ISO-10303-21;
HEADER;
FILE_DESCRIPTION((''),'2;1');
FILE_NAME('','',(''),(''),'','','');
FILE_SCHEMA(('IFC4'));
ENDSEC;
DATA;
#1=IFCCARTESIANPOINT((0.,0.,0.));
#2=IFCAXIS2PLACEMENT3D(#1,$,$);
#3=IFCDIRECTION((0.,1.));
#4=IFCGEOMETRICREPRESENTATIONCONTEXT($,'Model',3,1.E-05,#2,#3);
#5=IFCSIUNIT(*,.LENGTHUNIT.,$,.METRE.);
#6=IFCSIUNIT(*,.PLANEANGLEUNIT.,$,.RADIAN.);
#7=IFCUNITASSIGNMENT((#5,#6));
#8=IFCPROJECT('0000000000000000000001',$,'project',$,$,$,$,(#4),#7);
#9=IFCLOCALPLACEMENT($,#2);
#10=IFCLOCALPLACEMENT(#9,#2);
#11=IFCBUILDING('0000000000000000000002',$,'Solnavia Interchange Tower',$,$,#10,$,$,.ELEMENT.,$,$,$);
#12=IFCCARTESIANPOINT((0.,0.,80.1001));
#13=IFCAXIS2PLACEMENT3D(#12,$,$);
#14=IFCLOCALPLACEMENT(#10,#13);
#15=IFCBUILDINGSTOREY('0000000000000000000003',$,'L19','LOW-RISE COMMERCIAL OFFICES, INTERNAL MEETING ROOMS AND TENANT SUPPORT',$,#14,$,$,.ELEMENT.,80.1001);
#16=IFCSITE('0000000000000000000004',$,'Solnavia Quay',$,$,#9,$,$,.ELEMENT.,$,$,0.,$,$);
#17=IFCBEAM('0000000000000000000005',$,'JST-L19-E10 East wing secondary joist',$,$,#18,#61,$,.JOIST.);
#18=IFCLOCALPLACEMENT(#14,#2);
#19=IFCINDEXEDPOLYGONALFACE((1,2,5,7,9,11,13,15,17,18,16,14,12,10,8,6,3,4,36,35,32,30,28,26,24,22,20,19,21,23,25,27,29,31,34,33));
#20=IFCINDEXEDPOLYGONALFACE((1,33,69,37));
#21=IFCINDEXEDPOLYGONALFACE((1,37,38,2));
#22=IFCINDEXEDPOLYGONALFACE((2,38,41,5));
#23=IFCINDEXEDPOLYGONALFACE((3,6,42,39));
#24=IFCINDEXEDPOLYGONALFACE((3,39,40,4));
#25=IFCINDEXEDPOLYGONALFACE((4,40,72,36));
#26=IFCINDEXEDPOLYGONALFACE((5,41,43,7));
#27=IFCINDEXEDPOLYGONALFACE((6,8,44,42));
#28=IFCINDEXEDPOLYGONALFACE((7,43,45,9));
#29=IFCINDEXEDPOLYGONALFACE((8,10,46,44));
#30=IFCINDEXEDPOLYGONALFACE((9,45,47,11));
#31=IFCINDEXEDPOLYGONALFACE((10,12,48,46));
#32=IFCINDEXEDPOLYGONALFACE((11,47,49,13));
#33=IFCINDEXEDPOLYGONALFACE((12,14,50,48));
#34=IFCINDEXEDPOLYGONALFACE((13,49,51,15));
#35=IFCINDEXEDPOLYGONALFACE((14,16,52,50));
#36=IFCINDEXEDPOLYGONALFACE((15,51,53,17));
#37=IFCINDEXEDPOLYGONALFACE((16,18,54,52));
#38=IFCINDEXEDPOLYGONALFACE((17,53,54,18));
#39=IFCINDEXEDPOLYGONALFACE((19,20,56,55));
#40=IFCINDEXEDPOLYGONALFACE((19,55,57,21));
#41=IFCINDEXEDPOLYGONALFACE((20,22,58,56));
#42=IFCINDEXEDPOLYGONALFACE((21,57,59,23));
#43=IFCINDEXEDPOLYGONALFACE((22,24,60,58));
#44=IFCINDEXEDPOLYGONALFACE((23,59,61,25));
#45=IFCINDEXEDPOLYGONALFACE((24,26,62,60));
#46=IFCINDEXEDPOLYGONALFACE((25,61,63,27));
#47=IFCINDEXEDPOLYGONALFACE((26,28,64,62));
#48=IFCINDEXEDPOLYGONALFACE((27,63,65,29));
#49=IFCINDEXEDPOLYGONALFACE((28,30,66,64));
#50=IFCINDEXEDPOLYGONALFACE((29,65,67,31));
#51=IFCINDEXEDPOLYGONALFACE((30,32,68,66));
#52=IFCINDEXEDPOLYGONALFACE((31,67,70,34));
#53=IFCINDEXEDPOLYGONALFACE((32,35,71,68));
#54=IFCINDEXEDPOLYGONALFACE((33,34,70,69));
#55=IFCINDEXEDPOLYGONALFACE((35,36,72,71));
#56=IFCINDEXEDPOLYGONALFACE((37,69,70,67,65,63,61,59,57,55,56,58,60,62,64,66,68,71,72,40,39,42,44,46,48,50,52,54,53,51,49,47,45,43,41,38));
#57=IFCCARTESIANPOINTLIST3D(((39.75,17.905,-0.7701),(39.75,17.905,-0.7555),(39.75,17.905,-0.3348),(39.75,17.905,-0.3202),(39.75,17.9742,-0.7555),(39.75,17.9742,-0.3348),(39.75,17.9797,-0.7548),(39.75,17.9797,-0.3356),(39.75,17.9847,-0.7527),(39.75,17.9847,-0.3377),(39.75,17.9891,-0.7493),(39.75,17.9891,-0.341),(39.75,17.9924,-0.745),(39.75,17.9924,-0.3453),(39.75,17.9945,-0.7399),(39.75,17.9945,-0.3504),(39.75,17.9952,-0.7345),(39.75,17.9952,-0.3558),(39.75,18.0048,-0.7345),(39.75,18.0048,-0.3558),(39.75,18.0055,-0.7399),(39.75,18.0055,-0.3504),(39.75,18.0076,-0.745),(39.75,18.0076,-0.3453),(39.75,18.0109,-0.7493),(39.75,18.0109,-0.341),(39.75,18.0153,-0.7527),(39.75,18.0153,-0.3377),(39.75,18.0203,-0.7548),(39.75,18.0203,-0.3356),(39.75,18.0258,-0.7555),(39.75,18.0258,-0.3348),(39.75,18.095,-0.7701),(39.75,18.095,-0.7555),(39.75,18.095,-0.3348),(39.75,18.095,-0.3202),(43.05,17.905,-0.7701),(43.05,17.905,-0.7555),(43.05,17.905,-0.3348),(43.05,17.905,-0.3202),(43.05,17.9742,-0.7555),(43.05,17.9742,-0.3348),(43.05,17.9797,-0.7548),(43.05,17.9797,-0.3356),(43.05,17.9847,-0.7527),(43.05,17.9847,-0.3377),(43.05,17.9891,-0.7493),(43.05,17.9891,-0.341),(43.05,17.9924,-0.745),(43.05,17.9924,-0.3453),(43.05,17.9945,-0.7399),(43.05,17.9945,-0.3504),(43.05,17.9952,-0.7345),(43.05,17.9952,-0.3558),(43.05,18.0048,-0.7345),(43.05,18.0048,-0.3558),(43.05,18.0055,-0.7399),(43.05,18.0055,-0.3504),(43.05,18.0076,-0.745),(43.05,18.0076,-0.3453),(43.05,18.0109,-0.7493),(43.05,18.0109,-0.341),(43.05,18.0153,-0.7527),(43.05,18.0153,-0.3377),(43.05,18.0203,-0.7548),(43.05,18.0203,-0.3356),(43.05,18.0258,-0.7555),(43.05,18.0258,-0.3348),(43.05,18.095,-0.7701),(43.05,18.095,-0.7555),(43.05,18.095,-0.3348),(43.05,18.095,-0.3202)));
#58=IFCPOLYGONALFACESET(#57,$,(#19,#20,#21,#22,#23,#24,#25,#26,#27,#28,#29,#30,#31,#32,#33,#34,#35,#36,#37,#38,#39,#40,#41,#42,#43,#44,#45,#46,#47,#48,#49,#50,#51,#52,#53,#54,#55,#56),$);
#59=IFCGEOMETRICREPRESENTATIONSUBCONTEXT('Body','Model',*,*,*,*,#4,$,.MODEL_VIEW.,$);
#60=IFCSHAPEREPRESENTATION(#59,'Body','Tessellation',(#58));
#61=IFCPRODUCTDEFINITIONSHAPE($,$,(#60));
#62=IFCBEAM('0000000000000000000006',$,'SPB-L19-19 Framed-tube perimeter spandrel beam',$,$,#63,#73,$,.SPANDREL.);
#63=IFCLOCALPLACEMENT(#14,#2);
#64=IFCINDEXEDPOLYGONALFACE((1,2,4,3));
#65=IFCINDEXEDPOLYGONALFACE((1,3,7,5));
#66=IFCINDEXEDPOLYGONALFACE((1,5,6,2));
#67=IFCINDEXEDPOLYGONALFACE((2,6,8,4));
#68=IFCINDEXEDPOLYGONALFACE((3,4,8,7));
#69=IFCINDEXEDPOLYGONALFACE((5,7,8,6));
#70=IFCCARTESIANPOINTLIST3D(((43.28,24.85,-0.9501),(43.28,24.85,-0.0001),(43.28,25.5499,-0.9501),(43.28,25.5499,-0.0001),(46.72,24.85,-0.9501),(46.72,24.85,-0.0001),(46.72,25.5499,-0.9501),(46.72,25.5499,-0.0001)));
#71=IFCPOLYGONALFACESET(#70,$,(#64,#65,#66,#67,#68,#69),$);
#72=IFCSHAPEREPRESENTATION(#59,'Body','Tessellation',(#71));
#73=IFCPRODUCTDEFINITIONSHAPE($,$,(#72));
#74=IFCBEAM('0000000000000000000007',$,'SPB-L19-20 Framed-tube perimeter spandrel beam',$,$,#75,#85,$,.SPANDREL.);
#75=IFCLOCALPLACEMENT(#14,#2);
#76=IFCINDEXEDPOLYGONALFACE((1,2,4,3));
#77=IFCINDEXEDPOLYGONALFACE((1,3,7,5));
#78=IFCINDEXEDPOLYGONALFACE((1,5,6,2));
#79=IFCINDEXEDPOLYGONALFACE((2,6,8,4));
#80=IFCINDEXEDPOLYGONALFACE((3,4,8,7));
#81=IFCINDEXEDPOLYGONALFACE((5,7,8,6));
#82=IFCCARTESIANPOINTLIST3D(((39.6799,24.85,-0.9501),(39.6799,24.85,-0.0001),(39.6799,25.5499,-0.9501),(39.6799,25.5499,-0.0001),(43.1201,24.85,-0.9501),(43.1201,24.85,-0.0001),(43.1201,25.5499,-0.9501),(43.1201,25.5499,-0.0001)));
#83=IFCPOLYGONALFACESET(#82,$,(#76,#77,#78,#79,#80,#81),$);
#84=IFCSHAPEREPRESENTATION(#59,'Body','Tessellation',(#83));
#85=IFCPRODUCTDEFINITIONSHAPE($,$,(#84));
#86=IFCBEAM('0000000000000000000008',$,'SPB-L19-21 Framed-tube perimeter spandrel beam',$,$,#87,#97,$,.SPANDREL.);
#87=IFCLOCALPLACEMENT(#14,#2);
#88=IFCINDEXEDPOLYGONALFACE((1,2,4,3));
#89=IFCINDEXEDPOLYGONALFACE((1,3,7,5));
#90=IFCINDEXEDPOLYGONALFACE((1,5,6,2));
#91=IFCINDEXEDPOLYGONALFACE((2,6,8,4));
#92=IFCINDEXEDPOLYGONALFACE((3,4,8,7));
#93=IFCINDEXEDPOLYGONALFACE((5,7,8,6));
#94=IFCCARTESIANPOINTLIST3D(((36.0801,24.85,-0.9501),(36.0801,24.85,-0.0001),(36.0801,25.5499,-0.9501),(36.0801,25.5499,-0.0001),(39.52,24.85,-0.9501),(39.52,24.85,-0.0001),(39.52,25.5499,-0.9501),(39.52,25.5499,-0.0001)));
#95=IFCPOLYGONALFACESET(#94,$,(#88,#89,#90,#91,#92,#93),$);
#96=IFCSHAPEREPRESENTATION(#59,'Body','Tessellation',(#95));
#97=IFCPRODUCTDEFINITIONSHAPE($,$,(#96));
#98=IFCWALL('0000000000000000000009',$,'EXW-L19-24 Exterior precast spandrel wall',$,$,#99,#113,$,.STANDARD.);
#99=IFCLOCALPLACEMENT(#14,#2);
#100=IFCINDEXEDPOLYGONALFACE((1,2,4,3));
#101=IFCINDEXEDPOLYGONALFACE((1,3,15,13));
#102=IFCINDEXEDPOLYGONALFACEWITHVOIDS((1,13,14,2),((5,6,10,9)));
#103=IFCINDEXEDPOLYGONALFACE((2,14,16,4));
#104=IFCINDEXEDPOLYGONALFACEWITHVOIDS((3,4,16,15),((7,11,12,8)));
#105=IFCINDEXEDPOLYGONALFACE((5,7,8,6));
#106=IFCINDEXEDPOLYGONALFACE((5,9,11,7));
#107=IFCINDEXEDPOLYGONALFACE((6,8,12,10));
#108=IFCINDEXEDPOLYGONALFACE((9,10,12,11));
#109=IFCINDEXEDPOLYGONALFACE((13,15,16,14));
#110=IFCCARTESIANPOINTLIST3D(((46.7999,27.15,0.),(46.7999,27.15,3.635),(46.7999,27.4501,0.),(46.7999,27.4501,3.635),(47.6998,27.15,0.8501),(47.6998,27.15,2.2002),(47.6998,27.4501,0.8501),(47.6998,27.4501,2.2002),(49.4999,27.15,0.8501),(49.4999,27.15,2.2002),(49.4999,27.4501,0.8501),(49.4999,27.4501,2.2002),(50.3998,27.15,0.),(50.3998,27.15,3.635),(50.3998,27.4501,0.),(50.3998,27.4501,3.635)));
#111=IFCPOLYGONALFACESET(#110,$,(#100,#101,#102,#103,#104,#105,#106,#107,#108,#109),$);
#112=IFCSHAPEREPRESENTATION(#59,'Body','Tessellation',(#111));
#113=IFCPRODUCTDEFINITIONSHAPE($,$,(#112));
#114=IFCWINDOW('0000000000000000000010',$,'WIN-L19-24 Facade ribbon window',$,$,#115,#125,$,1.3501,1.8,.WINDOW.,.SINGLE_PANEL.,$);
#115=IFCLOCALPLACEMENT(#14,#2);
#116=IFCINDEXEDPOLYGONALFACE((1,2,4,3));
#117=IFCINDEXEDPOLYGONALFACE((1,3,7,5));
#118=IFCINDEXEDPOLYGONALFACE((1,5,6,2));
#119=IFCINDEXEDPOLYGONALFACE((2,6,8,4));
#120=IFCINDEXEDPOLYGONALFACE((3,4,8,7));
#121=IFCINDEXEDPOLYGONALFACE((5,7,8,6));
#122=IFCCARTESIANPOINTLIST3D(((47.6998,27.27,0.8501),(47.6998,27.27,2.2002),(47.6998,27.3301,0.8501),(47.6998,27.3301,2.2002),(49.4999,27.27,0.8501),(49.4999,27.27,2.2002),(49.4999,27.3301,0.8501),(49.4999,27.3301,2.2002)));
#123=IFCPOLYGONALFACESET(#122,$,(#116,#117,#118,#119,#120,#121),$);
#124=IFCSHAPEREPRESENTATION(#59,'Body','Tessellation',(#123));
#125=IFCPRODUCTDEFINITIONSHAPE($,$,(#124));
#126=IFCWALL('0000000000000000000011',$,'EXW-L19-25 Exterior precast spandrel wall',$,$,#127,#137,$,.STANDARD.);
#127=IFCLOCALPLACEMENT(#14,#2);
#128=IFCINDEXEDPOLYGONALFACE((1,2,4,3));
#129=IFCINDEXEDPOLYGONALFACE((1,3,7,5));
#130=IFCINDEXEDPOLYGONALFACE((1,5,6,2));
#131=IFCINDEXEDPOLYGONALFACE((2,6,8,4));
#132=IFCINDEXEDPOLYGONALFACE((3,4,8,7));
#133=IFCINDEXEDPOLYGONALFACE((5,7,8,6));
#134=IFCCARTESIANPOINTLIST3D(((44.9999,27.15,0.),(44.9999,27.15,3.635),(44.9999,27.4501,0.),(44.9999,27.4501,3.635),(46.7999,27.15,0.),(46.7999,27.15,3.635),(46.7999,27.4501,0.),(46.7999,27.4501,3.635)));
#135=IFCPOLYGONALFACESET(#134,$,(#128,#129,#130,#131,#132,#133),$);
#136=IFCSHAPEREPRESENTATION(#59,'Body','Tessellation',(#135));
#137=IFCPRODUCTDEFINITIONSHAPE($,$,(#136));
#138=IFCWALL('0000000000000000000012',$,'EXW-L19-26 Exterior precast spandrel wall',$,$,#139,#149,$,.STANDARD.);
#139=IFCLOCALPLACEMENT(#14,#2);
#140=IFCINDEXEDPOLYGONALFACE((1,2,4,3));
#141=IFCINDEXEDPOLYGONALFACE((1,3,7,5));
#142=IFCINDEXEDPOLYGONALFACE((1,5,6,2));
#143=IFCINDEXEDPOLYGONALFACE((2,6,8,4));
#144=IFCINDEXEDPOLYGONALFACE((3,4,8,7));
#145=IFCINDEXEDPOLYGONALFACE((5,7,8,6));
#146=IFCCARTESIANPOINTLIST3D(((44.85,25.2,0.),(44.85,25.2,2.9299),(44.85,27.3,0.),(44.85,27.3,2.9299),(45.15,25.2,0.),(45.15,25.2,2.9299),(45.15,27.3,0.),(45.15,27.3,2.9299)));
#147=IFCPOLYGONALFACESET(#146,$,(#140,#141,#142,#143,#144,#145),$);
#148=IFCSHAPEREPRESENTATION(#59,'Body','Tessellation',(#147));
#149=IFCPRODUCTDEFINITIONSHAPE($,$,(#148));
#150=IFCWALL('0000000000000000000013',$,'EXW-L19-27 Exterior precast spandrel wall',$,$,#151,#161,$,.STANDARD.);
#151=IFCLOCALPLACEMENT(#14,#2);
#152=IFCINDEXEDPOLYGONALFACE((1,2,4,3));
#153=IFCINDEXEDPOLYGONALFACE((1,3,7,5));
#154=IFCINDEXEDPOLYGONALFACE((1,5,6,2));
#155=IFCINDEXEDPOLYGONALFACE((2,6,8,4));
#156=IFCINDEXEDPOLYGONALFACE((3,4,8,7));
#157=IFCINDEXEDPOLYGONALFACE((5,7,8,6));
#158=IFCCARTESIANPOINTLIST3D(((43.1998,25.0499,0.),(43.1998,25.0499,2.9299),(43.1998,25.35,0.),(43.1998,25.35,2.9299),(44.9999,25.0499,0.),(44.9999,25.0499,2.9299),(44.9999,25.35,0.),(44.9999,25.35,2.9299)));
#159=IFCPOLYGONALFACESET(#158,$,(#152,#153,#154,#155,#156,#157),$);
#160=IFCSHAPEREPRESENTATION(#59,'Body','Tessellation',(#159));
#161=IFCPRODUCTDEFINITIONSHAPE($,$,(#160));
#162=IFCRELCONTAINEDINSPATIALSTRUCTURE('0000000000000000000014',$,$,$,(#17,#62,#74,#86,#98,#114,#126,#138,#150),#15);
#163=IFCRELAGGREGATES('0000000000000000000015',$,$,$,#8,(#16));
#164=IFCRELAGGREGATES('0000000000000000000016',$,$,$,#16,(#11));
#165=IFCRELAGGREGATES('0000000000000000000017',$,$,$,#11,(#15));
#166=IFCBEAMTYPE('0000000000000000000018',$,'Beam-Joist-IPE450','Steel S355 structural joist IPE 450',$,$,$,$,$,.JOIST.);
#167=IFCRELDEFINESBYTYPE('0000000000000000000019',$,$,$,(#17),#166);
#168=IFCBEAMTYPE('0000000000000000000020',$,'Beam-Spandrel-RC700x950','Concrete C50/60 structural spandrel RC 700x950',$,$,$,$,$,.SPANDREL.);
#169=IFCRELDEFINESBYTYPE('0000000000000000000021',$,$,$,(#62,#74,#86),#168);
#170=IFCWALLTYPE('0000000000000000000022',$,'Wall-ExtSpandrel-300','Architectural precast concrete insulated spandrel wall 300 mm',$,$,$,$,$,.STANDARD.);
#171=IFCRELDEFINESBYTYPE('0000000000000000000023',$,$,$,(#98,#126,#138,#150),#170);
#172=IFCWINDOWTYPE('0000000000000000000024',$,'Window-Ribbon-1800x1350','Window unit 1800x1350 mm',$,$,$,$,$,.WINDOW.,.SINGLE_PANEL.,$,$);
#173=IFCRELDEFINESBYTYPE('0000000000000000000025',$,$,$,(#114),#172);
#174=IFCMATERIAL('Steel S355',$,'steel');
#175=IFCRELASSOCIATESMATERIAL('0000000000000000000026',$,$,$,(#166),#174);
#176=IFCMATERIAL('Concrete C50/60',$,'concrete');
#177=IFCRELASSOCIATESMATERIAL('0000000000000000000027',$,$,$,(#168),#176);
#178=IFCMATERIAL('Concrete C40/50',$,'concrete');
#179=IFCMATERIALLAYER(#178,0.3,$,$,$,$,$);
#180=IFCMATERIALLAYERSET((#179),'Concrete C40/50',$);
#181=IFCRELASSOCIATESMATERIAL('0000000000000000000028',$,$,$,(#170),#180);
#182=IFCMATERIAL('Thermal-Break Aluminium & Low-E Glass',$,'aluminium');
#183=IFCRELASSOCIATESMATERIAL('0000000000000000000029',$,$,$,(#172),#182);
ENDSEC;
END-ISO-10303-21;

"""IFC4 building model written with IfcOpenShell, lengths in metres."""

from ifc_helpers import new_model, si_unit, direction, frame, frame_2d, origin, origin_2d, place, context, subcontext, project, spatial, rectangle, i_section, extrude, material, layer, layer_set, material_profile, profile_set, type_object, element, fill, save


model = new_model("IFC4")

# Units and contexts
model_context = context("Model", 3, precision=1e-05, world=origin(), true_north=direction((0.0, 1.0)))
body_context = subcontext(model_context, "Body", "Model", "MODEL_VIEW")
ifc_project = project(units=[si_unit("LENGTHUNIT", "METRE"), si_unit("PLANEANGLEUNIT", "RADIAN")], contexts=[model_context])

# Site, building, storey
site_placement = place(None, origin())
site = spatial("IfcSite", under=ifc_project, at=site_placement, Name="Solnavia Quay", CompositionType="ELEMENT", RefElevation=0.0)
building_placement = place(site_placement, origin())
building = spatial("IfcBuilding", under=site, at=building_placement, Name="Solnavia Interchange Tower", CompositionType="ELEMENT")
storey_placement = place(building_placement, frame((0.0, 0.0, 80.1001)))
storey = spatial("IfcBuildingStorey", under=building, at=storey_placement, Name="L19", Description="LOW-RISE COMMERCIAL OFFICES, INTERNAL MEETING ROOMS AND TENANT SUPPORT", CompositionType="ELEMENT", Elevation=80.1001)

# Shared definitions
ifc_material_1 = material(Name="Concrete C50/60", Category="concrete")

# Beams
ifc_material_2 = material(Name="Steel S355", Category="steel")
ifc_material_profile_1 = material_profile(ifc_material_2, i_section(OverallWidth=0.1899, OverallDepth=0.45, WebThickness=0.0095, FlangeThickness=0.0146, FilletRadius=0.021, at=origin_2d()), Name="IPE 450")
ifc_profile_set_1 = profile_set([ifc_material_profile_1], Name="Steel S355")
beam_type_1 = type_object("IfcBeamType", Name="Beam-Joist-IPE450", Description="Steel S355 structural joist IPE 450", PredefinedType="JOIST", material=ifc_profile_set_1)
beam_1_placement = place(storey_placement, frame((39.75, 18.0, -0.5452), z_axis=(1.0, 0.0, 0.0), x_axis=(0.0, 1.0, 0.0)))
element("IfcBeam", 1, at=beam_1_placement, inside=storey, type_object=beam_type_1, Name="JST-L19-E10 East wing secondary joist", PredefinedType="JOIST", context=body_context, shape_type="SweptSolid", body=[
    extrude(i_section(OverallWidth=0.1899, OverallDepth=0.45, WebThickness=0.0095, FlangeThickness=0.0146, FilletRadius=0.021, at=origin_2d()), origin(), (0.0, 0.0, 1.0), 3.3),
])
ifc_material_profile_2 = material_profile(ifc_material_1, rectangle(XDim=0.7, YDim=0.95, at=origin_2d()), Name="RC 700x950")
ifc_profile_set_2 = profile_set([ifc_material_profile_2], Name="Concrete C50/60")
beam_type_2 = type_object("IfcBeamType", Name="Beam-Spandrel-RC700x950", Description="Concrete C50/60 structural spandrel RC 700x950", PredefinedType="SPANDREL", material=ifc_profile_set_2)
beam_2_placement = place(storey_placement, frame((46.72, 25.2, -0.4751), z_axis=(-1.0, 0.0, 0.0), x_axis=(0.0, -1.0, 0.0)))
element("IfcBeam", 2, at=beam_2_placement, inside=storey, type_object=beam_type_2, Name="SPB-L19-19 Framed-tube perimeter spandrel beam", PredefinedType="SPANDREL", context=body_context, shape_type="SweptSolid", body=[
    extrude(rectangle(XDim=0.7, YDim=0.95, at=origin_2d()), origin(), (0.0, 0.0, 1.0), 3.4399),
])
beam_3_placement = place(storey_placement, frame((43.1201, 25.2, -0.4751), z_axis=(-1.0, 0.0, 0.0), x_axis=(0.0, -1.0, 0.0)))
element("IfcBeam", 3, at=beam_3_placement, inside=storey, type_object=beam_type_2, Name="SPB-L19-20 Framed-tube perimeter spandrel beam", PredefinedType="SPANDREL", context=body_context, shape_type="SweptSolid", body=[
    extrude(rectangle(XDim=0.7, YDim=0.95, at=origin_2d()), origin(), (0.0, 0.0, 1.0), 3.4402),
])
beam_4_placement = place(storey_placement, frame((39.52, 25.2, -0.4751), z_axis=(-1.0, 0.0, 0.0), x_axis=(0.0, -1.0, 0.0)))
element("IfcBeam", 4, at=beam_4_placement, inside=storey, type_object=beam_type_2, Name="SPB-L19-21 Framed-tube perimeter spandrel beam", PredefinedType="SPANDREL", context=body_context, shape_type="SweptSolid", body=[
    extrude(rectangle(XDim=0.7, YDim=0.95, at=origin_2d()), origin(), (0.0, 0.0, 1.0), 3.4399),
])

# Wall, opening, window
ifc_material_3 = material(Name="Concrete C40/50", Category="concrete")
ifc_layer_1 = layer(ifc_material_3, 0.3)
ifc_layer_set_1 = layer_set([ifc_layer_1], Name="Concrete C40/50")
wall_type_1 = type_object("IfcWallType", Name="Wall-ExtSpandrel-300", Description="Architectural precast concrete insulated spandrel wall 300 mm", PredefinedType="STANDARD", material=ifc_layer_set_1)
wall_1_placement = place(storey_placement, frame((46.8, 27.3, 0.0), z_axis=(0.0, 0.0, 1.0), x_axis=(1.0, 0.0, 0.0)))
wall_1 = element("IfcWall", 5, at=wall_1_placement, inside=storey, type_object=wall_type_1, Name="EXW-L19-24 Exterior precast spandrel wall", PredefinedType="STANDARD", context=body_context, shape_type="SweptSolid", body=[
    extrude(rectangle(XDim=3.5999, YDim=0.3, at=frame_2d((1.7998, 0.0))), origin(), (0.0, 0.0, 1.0), 3.635),
])
opening_1_placement = place(wall_1_placement, frame((0.8999, 0.0, 0.8501)))
opening_1 = element("IfcOpeningElement", 6, at=opening_1_placement, cuts=wall_1, PredefinedType="OPENING", context=body_context, shape_type="SweptSolid", body=[
    extrude(rectangle(XDim=1.8, YDim=1.3501, at=frame_2d((0.8999, 0.675))), frame((0.0, 0.1602, 0.0), z_axis=(0.0, -1.0, 0.0), x_axis=(1.0, 0.0, 0.0)), (0.0, 0.0, 1.0), 0.3201),
])
ifc_material_4 = material(Name="Thermal-Break Aluminium & Low-E Glass", Category="aluminium")
window_type = type_object("IfcWindowType", Name="Window-Ribbon-1800x1350", Description="Window unit 1800x1350 mm", PartitioningType="SINGLE_PANEL", PredefinedType="WINDOW", material=ifc_material_4)
window_1_placement = place(opening_1_placement, origin())
window_1 = element("IfcWindow", 7, at=window_1_placement, inside=storey, type_object=window_type, Name="WIN-L19-24 Facade ribbon window", OverallHeight=1.3501, OverallWidth=1.8, PartitioningType="SINGLE_PANEL", PredefinedType="WINDOW", context=body_context, shape_type="SweptSolid", body=[
    extrude(rectangle(XDim=1.8, YDim=1.3501, at=frame_2d((0.8999, 0.675))), frame((0.0, 0.03, 0.0), z_axis=(0.0, -1.0, 0.0), x_axis=(1.0, 0.0, 0.0)), (0.0, 0.0, 1.0), 0.0601),
])
fill(opening_1, window_1)

# Walls
wall_2_placement = place(storey_placement, frame((45.0, 27.3, 0.0), z_axis=(0.0, 0.0, 1.0), x_axis=(1.0, 0.0, 0.0)))
element("IfcWall", 8, at=wall_2_placement, inside=storey, type_object=wall_type_1, Name="EXW-L19-25 Exterior precast spandrel wall", PredefinedType="STANDARD", context=body_context, shape_type="SweptSolid", body=[
    extrude(rectangle(XDim=1.8, YDim=0.3, at=frame_2d((0.8999, 0.0))), origin(), (0.0, 0.0, 1.0), 3.635),
])
wall_3_placement = place(storey_placement, frame((45.0, 27.3, 0.0), z_axis=(0.0, 0.0, 1.0), x_axis=(0.0, -1.0, 0.0)))
element("IfcWall", 9, at=wall_3_placement, inside=storey, type_object=wall_type_1, Name="EXW-L19-26 Exterior precast spandrel wall", PredefinedType="STANDARD", context=body_context, shape_type="SweptSolid", body=[
    extrude(rectangle(XDim=2.1001, YDim=0.3, at=frame_2d((1.05, 0.0))), origin(), (0.0, 0.0, 1.0), 2.9299),
])
wall_4_placement = place(storey_placement, frame((43.2, 25.2, 0.0), z_axis=(0.0, 0.0, 1.0), x_axis=(1.0, 0.0, 0.0)))
element("IfcWall", 10, at=wall_4_placement, inside=storey, type_object=wall_type_1, Name="EXW-L19-27 Exterior precast spandrel wall", PredefinedType="STANDARD", context=body_context, shape_type="SweptSolid", body=[
    extrude(rectangle(XDim=1.8, YDim=0.3, at=frame_2d((0.8999, 0.0))), origin(), (0.0, 0.0, 1.0), 2.9299),
])

save(model, "model.ifc")
